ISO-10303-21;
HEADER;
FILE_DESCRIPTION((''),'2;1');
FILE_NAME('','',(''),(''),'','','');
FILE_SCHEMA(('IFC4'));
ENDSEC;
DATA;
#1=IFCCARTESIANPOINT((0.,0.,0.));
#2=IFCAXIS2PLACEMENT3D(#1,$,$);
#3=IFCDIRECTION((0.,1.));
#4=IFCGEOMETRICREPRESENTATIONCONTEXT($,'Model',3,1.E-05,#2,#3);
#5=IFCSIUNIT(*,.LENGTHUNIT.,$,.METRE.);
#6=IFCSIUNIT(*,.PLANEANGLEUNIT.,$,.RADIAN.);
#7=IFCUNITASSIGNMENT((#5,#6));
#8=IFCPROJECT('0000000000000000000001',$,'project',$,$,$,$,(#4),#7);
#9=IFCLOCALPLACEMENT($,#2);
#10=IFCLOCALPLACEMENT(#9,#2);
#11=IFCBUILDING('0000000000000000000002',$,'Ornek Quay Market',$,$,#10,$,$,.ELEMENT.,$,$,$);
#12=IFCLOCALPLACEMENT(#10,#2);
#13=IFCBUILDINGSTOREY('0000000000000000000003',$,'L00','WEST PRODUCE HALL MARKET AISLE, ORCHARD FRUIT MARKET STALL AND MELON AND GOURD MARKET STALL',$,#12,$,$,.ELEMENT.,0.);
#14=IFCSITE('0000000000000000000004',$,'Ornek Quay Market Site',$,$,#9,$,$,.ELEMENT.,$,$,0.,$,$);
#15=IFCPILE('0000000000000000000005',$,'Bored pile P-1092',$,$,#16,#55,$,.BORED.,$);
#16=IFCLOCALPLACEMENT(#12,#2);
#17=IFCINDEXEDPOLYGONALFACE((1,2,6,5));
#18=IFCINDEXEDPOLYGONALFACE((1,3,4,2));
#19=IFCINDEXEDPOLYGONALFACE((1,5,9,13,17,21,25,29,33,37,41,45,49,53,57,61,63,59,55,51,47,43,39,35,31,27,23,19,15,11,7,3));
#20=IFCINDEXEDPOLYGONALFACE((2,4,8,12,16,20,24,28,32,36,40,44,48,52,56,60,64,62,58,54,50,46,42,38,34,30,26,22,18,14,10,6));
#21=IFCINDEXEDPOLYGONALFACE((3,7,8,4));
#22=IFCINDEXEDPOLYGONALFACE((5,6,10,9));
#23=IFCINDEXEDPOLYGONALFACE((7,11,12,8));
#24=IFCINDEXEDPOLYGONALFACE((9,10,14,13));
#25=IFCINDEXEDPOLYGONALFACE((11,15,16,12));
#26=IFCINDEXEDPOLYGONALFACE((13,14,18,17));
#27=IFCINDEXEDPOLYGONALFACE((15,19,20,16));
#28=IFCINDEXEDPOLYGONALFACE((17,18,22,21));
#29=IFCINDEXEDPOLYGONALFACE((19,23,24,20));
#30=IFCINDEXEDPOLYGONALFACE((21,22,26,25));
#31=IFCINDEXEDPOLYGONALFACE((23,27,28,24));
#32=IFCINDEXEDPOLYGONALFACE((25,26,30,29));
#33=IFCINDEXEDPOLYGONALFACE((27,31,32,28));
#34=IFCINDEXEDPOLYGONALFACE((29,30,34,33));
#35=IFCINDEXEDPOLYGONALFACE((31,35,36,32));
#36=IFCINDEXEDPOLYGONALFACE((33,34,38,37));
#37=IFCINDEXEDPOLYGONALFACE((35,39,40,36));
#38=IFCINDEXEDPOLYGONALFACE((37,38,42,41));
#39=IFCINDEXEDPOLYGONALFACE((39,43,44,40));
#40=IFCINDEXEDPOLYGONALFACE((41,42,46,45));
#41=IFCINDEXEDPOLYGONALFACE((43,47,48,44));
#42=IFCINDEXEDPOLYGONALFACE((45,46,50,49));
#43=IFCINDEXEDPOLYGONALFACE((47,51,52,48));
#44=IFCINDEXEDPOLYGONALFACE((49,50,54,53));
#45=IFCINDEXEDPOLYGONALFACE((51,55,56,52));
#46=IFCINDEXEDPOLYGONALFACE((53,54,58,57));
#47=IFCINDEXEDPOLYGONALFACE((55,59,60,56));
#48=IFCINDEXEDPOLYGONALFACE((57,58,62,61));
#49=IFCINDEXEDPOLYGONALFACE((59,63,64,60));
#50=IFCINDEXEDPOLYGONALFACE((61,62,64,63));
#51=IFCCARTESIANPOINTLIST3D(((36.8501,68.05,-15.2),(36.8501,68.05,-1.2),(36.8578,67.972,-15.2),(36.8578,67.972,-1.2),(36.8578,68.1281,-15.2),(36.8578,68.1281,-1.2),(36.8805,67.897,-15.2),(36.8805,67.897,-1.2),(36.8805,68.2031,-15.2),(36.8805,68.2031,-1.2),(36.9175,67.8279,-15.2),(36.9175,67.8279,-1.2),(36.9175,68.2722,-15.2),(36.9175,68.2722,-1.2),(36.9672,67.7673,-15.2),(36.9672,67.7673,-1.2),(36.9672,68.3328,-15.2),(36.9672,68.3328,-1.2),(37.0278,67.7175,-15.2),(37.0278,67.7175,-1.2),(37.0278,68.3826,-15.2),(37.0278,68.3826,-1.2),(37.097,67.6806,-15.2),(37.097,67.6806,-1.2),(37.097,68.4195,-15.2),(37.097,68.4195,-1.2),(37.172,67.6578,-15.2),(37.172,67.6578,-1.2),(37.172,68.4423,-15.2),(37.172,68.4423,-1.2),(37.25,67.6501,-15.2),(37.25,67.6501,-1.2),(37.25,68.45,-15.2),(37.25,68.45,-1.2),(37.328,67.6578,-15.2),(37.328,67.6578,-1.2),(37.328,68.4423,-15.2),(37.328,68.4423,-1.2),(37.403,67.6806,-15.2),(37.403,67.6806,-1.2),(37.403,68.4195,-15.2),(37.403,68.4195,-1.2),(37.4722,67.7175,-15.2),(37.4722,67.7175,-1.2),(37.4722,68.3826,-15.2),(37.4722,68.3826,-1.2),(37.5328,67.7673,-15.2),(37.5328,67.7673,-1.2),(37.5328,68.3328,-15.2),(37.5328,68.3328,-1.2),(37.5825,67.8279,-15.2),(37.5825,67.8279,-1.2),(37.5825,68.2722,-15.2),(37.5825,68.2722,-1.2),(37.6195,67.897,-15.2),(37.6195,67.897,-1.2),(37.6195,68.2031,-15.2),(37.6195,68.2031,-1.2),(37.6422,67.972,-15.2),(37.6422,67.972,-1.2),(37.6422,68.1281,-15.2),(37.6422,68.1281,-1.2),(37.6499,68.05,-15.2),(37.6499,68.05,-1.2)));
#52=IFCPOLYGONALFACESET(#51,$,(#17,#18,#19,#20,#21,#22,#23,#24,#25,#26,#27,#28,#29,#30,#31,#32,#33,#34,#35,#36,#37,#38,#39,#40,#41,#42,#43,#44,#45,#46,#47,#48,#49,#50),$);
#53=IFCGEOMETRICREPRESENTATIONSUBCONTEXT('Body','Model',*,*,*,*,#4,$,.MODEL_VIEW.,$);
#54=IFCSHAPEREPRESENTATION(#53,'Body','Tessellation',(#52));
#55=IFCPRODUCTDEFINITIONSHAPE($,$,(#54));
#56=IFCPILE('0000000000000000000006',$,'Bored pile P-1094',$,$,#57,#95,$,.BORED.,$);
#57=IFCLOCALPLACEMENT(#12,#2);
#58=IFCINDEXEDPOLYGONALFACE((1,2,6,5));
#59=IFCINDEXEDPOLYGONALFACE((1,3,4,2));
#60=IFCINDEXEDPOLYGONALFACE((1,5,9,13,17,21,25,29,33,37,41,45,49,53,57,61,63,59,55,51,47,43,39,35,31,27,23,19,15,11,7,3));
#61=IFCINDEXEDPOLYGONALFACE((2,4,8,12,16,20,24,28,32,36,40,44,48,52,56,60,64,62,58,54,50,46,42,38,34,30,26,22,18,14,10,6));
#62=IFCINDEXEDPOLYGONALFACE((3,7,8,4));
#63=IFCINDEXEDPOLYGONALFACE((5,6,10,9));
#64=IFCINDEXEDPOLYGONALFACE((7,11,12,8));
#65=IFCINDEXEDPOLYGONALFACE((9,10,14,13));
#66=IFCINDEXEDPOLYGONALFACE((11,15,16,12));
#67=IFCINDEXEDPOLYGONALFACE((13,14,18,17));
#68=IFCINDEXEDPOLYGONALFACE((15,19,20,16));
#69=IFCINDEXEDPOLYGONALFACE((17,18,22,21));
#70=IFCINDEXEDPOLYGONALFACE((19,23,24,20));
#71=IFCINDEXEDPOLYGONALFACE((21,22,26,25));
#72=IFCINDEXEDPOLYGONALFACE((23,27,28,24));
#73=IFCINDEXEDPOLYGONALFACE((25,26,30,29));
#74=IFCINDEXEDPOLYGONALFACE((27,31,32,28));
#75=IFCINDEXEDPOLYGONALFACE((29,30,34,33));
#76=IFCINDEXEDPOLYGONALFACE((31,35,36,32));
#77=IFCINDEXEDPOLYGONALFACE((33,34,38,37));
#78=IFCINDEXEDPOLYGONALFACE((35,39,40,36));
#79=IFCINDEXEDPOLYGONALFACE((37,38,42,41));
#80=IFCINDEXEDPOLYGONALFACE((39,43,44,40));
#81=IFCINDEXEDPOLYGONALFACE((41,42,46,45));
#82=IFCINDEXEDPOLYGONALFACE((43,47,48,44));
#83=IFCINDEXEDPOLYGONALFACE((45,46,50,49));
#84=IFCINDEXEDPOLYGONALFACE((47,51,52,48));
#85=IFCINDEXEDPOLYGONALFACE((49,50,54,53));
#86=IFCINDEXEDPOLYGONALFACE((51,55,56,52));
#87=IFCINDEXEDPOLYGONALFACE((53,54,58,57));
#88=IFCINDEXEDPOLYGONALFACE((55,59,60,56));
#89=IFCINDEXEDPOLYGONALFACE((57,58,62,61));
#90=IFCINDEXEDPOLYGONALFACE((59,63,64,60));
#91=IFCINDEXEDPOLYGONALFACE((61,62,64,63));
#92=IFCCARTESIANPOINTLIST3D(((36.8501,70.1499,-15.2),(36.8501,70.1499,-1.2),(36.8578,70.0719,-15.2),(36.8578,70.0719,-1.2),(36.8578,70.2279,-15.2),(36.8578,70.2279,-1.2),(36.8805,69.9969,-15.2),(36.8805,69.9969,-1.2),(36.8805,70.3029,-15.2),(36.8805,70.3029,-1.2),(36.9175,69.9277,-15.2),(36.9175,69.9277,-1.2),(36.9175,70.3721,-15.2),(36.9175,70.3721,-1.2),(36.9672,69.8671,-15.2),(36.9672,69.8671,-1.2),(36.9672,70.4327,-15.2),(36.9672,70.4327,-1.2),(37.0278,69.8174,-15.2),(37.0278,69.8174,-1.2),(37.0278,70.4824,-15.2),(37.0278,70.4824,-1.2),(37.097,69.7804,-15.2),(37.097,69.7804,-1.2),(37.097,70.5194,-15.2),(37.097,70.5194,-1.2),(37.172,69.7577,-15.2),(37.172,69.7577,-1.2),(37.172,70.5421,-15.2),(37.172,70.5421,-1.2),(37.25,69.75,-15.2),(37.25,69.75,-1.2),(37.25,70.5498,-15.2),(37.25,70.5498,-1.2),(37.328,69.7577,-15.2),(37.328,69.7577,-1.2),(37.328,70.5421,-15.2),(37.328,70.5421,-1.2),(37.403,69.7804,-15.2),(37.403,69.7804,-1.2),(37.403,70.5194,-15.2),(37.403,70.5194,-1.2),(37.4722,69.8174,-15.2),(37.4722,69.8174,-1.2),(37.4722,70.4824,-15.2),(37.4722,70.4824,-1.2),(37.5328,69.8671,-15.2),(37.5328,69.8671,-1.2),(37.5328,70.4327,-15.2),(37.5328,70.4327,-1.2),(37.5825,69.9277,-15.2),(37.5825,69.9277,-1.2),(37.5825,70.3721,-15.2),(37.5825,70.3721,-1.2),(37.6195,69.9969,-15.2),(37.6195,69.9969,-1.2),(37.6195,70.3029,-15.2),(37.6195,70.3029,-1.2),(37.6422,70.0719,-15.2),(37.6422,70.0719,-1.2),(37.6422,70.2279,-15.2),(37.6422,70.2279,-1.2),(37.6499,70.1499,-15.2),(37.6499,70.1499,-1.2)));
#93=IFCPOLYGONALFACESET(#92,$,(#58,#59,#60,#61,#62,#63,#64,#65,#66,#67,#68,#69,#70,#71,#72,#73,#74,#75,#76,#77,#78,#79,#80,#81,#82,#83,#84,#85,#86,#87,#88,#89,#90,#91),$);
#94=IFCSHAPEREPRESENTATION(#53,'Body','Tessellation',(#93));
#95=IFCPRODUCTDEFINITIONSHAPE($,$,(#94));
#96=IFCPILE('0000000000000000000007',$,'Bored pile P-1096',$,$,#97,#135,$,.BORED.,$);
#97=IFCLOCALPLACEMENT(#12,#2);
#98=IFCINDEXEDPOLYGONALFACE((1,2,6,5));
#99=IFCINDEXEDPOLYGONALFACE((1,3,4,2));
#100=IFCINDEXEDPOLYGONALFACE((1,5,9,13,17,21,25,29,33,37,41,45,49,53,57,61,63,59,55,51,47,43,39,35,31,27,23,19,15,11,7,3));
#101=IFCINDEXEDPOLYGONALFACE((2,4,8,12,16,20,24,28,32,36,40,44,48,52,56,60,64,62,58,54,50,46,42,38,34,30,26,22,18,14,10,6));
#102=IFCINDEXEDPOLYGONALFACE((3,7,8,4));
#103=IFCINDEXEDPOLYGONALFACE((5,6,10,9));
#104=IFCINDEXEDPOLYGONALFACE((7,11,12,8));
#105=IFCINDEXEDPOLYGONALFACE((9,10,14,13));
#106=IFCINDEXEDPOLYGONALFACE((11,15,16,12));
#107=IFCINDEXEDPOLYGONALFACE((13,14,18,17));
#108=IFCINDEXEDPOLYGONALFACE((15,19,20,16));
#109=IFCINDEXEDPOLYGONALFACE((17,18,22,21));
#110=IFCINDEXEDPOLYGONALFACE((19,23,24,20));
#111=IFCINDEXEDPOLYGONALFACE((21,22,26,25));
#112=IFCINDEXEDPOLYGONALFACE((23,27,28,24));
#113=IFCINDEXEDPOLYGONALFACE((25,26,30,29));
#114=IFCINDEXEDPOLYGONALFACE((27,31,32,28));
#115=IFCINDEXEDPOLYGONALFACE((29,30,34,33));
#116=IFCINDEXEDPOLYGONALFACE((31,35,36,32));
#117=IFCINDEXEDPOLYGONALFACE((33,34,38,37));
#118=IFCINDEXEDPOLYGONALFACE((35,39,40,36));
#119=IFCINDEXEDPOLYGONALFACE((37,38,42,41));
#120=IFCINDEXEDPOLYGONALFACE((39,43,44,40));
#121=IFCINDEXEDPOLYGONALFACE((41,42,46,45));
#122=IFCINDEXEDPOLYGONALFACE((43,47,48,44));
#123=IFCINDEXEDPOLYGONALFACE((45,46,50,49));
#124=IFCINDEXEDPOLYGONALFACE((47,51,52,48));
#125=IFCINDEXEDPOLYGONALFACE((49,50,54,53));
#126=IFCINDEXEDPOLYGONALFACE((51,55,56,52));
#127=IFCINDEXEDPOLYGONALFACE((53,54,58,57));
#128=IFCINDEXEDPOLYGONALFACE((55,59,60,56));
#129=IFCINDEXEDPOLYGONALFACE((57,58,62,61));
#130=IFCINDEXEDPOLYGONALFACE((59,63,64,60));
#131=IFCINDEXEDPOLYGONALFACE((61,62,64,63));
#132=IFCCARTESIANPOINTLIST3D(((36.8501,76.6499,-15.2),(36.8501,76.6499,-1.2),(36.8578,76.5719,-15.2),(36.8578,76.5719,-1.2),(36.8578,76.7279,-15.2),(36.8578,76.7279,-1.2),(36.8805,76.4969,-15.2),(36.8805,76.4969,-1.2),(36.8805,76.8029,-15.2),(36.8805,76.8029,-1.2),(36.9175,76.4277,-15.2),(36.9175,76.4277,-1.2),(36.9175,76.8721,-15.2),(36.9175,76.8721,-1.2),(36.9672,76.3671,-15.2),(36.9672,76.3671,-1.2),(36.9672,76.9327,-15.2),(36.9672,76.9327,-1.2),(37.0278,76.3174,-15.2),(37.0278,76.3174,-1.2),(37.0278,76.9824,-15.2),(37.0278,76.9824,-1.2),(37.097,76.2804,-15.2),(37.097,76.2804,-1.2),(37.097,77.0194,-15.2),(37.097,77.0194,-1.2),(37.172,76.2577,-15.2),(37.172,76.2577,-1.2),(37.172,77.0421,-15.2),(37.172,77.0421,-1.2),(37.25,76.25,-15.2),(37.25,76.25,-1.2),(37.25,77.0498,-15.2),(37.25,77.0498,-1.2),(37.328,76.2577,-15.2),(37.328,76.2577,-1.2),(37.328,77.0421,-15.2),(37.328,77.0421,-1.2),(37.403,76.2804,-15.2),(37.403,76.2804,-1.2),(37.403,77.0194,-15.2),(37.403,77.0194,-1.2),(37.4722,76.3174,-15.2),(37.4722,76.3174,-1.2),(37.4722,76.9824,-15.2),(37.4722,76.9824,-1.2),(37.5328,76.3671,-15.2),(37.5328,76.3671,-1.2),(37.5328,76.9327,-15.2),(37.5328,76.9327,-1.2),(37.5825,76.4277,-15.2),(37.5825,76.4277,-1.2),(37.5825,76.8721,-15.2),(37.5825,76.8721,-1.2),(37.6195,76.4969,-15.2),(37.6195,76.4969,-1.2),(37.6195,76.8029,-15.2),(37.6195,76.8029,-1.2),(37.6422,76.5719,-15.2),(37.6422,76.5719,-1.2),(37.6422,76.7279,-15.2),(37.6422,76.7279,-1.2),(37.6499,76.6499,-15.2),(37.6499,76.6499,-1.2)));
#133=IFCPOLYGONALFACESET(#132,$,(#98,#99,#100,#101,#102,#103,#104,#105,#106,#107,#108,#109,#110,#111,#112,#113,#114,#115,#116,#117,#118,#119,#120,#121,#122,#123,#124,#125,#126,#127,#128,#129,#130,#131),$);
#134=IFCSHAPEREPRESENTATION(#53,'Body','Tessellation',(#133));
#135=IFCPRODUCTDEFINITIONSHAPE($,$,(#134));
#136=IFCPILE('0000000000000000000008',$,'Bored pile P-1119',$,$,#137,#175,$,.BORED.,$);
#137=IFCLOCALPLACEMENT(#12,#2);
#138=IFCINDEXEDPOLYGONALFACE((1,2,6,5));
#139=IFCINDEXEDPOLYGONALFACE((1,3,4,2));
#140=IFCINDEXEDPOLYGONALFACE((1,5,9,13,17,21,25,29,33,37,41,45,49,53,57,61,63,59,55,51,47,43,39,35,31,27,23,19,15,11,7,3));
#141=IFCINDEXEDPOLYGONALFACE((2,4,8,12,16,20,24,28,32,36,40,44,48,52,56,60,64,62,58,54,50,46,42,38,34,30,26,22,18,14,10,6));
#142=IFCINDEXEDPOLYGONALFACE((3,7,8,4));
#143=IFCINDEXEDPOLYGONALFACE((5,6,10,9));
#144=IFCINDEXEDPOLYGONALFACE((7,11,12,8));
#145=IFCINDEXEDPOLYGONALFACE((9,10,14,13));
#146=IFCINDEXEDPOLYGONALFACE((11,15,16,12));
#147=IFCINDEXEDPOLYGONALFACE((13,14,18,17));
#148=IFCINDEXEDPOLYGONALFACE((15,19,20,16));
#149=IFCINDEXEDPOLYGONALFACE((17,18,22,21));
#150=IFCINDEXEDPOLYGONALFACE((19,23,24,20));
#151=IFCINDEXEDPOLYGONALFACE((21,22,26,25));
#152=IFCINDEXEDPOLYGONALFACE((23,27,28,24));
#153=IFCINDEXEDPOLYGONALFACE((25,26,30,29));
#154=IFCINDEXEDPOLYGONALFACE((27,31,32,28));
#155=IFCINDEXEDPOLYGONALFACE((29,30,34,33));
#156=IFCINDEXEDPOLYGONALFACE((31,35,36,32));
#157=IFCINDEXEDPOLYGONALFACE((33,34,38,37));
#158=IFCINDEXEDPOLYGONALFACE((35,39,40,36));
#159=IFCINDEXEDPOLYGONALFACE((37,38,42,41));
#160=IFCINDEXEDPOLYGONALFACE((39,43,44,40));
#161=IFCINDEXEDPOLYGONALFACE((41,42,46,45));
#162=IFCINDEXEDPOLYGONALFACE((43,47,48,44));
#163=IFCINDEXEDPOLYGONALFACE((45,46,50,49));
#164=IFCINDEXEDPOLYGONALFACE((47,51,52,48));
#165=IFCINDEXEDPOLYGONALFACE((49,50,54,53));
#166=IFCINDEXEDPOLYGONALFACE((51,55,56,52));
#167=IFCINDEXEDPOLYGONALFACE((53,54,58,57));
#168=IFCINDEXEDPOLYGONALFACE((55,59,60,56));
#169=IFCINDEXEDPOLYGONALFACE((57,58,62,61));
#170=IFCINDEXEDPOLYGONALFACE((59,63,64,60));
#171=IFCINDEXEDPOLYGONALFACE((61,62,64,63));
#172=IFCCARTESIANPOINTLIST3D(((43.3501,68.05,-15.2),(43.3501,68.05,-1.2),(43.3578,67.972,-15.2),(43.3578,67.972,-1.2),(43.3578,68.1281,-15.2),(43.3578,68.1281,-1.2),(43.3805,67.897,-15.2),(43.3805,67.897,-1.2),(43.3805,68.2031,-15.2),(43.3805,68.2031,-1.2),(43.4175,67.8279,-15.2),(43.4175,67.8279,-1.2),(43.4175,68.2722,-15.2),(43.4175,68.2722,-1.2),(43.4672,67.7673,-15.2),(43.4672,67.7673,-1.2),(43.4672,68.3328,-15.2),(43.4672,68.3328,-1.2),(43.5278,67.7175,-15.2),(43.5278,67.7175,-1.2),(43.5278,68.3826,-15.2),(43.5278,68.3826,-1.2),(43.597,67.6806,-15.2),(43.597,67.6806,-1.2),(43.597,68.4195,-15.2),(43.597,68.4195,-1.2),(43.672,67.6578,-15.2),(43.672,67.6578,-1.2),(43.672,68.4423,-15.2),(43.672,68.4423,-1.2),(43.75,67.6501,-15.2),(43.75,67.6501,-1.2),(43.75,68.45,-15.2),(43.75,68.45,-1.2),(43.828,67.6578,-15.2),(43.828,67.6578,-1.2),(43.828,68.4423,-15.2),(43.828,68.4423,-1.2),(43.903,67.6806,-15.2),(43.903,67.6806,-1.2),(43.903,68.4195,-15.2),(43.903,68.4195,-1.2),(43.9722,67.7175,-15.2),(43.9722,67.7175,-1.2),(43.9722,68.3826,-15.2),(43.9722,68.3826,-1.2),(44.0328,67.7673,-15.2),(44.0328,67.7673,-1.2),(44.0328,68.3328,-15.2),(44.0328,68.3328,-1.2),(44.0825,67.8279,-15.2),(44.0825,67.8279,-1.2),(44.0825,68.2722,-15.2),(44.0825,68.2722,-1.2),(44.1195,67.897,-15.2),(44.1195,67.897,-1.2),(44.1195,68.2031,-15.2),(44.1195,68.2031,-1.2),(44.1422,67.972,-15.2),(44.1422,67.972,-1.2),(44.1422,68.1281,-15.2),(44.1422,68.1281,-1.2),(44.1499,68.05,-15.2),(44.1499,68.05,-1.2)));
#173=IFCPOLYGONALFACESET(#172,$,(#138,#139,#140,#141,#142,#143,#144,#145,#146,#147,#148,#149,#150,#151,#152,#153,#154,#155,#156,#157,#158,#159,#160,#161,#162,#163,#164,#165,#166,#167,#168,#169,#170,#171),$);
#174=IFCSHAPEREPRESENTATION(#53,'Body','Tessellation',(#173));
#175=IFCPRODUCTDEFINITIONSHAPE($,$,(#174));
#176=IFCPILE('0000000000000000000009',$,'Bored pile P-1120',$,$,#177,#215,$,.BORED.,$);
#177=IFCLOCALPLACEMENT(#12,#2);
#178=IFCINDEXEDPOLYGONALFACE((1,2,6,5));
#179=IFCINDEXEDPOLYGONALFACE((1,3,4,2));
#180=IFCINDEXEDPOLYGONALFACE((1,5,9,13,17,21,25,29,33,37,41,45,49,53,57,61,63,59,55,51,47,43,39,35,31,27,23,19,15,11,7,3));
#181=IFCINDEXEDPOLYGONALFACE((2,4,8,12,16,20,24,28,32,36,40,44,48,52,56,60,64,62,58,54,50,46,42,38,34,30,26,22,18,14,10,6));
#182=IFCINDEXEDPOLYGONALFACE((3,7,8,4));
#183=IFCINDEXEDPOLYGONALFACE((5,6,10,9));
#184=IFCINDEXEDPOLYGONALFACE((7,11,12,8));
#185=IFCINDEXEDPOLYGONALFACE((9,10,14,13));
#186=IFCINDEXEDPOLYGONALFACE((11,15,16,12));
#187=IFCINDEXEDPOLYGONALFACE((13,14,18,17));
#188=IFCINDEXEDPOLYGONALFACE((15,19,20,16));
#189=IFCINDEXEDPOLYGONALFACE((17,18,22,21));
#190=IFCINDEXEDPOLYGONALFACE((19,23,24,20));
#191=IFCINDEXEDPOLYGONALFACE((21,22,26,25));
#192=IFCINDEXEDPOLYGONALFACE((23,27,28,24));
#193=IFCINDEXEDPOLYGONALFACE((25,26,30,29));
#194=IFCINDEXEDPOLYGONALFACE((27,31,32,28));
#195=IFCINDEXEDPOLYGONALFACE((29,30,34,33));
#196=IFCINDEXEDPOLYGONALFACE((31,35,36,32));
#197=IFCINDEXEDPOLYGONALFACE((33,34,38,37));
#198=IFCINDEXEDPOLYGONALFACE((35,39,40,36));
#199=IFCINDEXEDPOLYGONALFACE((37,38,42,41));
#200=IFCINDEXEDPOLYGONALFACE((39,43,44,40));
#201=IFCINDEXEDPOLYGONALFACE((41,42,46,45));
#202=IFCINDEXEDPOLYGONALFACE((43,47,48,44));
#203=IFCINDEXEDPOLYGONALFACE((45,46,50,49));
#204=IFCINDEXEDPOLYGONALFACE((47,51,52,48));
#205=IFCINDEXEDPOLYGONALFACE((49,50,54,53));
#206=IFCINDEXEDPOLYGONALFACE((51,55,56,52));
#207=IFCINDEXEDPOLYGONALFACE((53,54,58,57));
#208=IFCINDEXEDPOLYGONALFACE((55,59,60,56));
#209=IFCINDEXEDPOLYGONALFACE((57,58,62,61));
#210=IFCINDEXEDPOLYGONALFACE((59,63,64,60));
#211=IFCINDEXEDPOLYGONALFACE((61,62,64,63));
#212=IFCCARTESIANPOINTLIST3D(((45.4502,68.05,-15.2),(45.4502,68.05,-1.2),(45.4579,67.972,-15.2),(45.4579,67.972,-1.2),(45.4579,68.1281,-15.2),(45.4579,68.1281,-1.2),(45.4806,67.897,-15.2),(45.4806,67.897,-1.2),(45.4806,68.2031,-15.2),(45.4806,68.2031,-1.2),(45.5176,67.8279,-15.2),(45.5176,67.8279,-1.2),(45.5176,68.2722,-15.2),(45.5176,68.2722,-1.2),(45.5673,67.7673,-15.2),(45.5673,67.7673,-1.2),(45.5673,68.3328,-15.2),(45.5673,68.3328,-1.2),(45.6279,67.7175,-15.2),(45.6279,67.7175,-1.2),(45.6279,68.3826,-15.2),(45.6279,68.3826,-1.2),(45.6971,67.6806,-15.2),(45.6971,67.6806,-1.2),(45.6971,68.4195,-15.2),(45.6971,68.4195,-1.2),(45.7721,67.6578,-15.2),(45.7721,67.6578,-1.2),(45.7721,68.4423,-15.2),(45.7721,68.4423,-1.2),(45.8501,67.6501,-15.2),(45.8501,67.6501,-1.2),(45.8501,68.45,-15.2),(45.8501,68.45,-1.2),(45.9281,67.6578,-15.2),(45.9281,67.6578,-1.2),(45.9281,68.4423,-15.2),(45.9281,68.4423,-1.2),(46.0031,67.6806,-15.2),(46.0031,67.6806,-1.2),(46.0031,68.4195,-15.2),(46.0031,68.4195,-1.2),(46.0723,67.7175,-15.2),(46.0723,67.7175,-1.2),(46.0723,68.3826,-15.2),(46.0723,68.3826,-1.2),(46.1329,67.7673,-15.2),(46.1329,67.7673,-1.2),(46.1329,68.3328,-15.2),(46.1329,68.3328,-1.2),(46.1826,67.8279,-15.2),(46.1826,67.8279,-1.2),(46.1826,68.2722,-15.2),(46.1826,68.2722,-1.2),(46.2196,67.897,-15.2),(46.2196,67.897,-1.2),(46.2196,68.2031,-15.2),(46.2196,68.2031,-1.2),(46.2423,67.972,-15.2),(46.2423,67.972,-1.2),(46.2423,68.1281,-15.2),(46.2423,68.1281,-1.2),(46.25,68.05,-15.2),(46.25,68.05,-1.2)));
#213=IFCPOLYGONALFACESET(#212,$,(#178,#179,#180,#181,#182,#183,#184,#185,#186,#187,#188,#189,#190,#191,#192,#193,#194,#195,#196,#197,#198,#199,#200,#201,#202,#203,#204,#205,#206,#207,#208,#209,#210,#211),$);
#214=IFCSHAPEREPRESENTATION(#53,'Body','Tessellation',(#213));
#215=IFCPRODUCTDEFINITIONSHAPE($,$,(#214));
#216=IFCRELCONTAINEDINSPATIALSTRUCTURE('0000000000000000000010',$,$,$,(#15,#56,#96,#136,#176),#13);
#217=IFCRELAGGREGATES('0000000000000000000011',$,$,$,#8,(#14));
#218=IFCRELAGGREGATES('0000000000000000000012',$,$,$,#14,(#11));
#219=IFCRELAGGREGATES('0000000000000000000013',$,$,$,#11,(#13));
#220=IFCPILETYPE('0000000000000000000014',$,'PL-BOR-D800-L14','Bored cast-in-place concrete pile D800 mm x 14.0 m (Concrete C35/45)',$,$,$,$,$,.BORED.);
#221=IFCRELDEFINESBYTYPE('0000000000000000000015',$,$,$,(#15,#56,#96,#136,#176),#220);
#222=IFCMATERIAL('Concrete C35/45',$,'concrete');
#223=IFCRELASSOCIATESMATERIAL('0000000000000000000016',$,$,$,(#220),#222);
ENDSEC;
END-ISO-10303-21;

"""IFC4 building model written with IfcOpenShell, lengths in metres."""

from ifc_helpers import new_model, si_unit, direction, frame, origin, origin_2d, place, context, subcontext, project, spatial, circle, extrude, material, material_profile, profile_set, type_object, element, save


model = new_model("IFC4")

# Units and contexts
model_context = context("Model", 3, precision=1e-05, world=origin(), true_north=direction((0.0, 1.0)))
body_context = subcontext(model_context, "Body", "Model", "MODEL_VIEW")
ifc_project = project(units=[si_unit("LENGTHUNIT", "METRE"), si_unit("PLANEANGLEUNIT", "RADIAN")], contexts=[model_context])

# Site, building, storey
site_placement = place(None, origin())
site = spatial("IfcSite", under=ifc_project, at=site_placement, Name="Ornek Quay Market Site", CompositionType="ELEMENT", RefElevation=0.0)
building_placement = place(site_placement, origin())
building = spatial("IfcBuilding", under=site, at=building_placement, Name="Ornek Quay Market", CompositionType="ELEMENT")
storey_placement = place(building_placement, origin())
storey = spatial("IfcBuildingStorey", under=building, at=storey_placement, Name="L00", Description="WEST PRODUCE HALL MARKET AISLE, ORCHARD FRUIT MARKET STALL AND MELON AND GOURD MARKET STALL", CompositionType="ELEMENT", Elevation=0.0)

# Piles
ifc_material_1 = material(Name="Concrete C35/45", Category="concrete")
ifc_material_profile_1 = material_profile(ifc_material_1, circle(Radius=0.3999, at=origin_2d()), Name="PILE D800", Category="concrete")
ifc_profile_set_1 = profile_set([ifc_material_profile_1], Name="Concrete C35/45")
pile_type = type_object("IfcPileType", Name="PL-BOR-D800-L14", Description="Bored cast-in-place concrete pile D800 mm x 14.0 m (Concrete C35/45)", PredefinedType="BORED", material=ifc_profile_set_1)
for number, where, z_axis, x_axis, name in (
    (1, (37.25, 68.05, -1.2), (0.0, 0.0, -1.0), (1.0, 0.0, 0.0), "Bored pile P-1092"),
    (2, (37.25, 70.1499, -1.2), (0.0, 0.0, -1.0), (1.0, 0.0, 0.0), "Bored pile P-1094"),
    (3, (37.25, 76.6499, -1.2), (0.0, 0.0, -1.0), (1.0, 0.0, 0.0), "Bored pile P-1096"),
    (4, (43.75, 68.05, -1.2), (0.0, 0.0, -1.0), (1.0, 0.0, 0.0), "Bored pile P-1119"),
    (5, (45.8501, 68.05, -1.2), (0.0, 0.0, -1.0), (1.0, 0.0, 0.0), "Bored pile P-1120"),
):
    element("IfcPile", number, at=place(storey_placement, frame(where, z_axis=z_axis, x_axis=x_axis)), inside=storey, type_object=pile_type, Name=name, PredefinedType="BORED", context=body_context, shape_type="SweptSolid", body=[
        extrude(circle(Radius=0.3999, at=origin_2d()), origin(), (0.0, 0.0, 1.0), 14.0),
    ])

save(model, "model.ifc")
